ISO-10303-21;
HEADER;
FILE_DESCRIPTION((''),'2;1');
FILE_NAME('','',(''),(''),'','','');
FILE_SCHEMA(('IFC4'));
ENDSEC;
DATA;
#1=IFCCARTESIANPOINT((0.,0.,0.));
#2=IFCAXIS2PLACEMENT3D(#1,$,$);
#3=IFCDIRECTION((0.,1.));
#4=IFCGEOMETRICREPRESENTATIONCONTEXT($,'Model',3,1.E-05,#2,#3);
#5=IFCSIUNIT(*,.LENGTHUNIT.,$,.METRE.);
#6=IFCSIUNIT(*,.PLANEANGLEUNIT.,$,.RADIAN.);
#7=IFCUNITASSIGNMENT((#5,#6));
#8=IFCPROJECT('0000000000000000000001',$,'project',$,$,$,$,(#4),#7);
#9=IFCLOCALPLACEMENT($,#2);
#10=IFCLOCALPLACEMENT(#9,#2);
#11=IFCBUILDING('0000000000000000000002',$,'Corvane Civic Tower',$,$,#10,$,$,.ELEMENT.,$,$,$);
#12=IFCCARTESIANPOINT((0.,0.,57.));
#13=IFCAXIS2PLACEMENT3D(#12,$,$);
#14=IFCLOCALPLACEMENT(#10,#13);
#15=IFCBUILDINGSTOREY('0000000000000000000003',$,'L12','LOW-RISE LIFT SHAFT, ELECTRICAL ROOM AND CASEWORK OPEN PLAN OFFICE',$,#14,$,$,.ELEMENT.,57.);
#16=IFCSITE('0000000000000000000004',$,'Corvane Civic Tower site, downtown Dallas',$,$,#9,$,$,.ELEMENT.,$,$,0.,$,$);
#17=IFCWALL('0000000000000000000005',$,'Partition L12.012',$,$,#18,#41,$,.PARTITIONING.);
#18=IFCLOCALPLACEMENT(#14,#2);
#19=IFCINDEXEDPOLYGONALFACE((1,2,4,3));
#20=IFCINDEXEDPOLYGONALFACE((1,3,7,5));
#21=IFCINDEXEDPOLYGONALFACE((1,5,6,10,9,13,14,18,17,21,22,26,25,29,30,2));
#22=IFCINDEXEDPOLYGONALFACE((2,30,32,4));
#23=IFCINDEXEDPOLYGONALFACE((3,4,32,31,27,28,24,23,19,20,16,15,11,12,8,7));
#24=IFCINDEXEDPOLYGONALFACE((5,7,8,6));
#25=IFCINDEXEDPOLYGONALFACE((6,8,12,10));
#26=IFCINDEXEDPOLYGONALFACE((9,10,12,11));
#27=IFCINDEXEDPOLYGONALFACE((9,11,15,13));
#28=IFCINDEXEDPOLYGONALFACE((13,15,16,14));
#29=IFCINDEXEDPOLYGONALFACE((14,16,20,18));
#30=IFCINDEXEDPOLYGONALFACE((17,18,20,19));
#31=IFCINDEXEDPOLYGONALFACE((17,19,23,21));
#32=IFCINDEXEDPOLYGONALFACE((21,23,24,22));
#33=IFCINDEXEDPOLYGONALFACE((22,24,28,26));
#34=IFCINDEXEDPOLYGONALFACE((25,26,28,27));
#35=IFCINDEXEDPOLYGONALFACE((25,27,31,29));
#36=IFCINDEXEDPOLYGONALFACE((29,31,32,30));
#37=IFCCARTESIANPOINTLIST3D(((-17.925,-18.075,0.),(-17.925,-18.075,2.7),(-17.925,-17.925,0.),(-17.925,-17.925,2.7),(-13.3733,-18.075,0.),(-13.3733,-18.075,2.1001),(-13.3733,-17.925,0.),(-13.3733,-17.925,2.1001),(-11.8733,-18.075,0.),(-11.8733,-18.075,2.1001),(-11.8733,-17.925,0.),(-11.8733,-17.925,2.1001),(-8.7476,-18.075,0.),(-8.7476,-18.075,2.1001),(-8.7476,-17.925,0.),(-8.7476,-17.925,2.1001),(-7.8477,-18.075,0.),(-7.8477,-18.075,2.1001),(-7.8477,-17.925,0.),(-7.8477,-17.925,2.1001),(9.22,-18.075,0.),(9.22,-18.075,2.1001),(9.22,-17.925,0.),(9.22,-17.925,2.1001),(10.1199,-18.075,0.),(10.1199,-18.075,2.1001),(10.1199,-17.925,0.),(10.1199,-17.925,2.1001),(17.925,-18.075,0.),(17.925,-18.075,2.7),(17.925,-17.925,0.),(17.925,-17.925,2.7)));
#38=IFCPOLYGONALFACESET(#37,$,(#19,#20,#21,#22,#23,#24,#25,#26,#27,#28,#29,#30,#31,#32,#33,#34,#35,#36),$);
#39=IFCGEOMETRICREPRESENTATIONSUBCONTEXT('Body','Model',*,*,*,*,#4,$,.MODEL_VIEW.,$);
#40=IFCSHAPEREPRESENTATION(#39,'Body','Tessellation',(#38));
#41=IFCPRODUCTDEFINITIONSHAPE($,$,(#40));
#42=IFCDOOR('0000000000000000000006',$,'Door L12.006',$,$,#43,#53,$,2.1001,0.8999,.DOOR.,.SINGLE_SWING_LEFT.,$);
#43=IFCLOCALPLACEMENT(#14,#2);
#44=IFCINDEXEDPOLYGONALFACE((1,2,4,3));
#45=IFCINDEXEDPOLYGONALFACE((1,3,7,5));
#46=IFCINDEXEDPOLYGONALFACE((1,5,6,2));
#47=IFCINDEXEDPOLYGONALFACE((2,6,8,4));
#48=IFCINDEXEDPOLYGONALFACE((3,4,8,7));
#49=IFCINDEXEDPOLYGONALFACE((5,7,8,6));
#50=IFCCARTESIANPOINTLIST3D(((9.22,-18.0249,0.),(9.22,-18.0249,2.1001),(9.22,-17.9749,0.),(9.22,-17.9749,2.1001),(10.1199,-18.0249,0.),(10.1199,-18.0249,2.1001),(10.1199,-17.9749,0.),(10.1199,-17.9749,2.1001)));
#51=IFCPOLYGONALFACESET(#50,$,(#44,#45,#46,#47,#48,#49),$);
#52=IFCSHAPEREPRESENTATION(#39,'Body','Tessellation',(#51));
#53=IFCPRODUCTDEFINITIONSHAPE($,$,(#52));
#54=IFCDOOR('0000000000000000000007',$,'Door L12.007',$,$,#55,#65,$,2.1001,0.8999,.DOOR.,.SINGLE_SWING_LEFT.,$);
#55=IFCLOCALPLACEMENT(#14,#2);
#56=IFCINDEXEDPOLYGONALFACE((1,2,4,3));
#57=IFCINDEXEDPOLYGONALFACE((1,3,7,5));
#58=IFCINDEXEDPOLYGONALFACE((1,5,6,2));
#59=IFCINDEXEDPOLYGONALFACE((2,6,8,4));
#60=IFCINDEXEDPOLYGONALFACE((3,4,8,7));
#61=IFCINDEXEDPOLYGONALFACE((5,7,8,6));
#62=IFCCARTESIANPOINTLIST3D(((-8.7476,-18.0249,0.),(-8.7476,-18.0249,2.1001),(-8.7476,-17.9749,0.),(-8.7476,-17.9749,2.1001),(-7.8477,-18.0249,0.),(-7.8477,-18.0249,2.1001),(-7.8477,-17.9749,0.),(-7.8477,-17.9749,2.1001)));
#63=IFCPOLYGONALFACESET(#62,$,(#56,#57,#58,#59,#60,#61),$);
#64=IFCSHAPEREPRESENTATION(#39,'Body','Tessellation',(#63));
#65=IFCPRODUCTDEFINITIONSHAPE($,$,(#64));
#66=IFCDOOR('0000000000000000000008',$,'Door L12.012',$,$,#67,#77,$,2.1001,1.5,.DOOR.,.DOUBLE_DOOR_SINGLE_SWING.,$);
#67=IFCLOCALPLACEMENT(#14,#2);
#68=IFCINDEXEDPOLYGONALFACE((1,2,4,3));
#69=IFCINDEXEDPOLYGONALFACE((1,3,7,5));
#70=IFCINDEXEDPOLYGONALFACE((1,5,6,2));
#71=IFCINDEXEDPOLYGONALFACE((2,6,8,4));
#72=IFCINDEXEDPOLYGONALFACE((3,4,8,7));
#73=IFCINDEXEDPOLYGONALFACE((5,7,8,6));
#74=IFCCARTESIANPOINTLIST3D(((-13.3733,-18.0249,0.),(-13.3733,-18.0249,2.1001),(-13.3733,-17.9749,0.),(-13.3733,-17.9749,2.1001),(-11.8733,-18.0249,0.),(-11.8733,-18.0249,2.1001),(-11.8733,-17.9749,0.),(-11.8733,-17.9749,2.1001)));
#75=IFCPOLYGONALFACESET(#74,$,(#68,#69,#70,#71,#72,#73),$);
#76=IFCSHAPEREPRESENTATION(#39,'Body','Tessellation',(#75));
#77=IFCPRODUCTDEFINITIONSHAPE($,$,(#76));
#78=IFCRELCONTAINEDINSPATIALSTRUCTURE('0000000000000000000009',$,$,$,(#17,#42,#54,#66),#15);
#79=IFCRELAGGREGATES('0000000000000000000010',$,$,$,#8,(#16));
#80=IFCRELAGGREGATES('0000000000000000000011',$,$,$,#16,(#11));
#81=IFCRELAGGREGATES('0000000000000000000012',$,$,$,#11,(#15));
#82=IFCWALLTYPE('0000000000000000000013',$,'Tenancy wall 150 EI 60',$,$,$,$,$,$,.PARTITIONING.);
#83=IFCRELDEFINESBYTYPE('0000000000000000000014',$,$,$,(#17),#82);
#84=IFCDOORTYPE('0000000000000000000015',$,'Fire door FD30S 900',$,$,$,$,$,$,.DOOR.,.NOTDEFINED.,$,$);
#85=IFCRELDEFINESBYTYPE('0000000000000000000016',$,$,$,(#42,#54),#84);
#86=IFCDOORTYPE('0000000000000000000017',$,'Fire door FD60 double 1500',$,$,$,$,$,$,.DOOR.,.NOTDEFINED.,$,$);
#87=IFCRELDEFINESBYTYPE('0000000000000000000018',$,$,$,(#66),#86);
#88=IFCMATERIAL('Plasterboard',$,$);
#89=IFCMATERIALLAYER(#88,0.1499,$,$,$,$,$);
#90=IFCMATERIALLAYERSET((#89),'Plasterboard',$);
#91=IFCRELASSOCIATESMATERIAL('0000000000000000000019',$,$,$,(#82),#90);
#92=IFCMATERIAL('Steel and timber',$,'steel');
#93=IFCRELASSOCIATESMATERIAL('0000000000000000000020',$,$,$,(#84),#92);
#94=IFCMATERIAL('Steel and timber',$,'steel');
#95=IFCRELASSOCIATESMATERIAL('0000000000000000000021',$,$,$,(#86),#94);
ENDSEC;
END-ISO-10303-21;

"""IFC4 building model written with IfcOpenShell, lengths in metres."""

from ifc_helpers import new_model, si_unit, direction, frame, frame_2d, origin, place, context, subcontext, project, spatial, rectangle, extrude, material, layer, layer_set, type_object, element, fill, save


model = new_model("IFC4")

# Units and contexts
model_context = context("Model", 3, precision=1e-05, world=origin(), true_north=direction((0.0, 1.0)))
body_context = subcontext(model_context, "Body", "Model", "MODEL_VIEW")
ifc_project = project(units=[si_unit("LENGTHUNIT", "METRE"), si_unit("PLANEANGLEUNIT", "RADIAN")], contexts=[model_context])

# Site, building, storey
site_placement = place(None, origin())
site = spatial("IfcSite", under=ifc_project, at=site_placement, Name="Corvane Civic Tower site, downtown Dallas", CompositionType="ELEMENT", RefElevation=0.0)
building_placement = place(site_placement, origin())
building = spatial("IfcBuilding", under=site, at=building_placement, Name="Corvane Civic Tower", CompositionType="ELEMENT")
storey_placement = place(building_placement, frame((0.0, 0.0, 57.0)))
storey = spatial("IfcBuildingStorey", under=building, at=storey_placement, Name="L12", Description="LOW-RISE LIFT SHAFT, ELECTRICAL ROOM AND CASEWORK OPEN PLAN OFFICE", CompositionType="ELEMENT", Elevation=57.0)

# Wall, openings, doors
ifc_material_1 = material(Name="Plasterboard")
ifc_layer_1 = layer(ifc_material_1, 0.1499)
ifc_layer_set_1 = layer_set([ifc_layer_1], Name="Plasterboard")
wall_type_1 = type_object("IfcWallType", Name="Tenancy wall 150 EI 60", PredefinedType="PARTITIONING", material=ifc_layer_set_1)
wall_1_placement = place(storey_placement, frame((-17.925, -18.0, 0.0), z_axis=(0.0, 0.0, 1.0), x_axis=(1.0, 0.0, 0.0)))
wall_1 = element("IfcWall", 1, at=wall_1_placement, inside=storey, type_object=wall_type_1, Name="Partition L12.012", PredefinedType="PARTITIONING", context=body_context, shape_type="SweptSolid", body=[
    extrude(rectangle(XDim=35.8501, YDim=0.1499, at=frame_2d((17.925, 0.0))), origin(), (0.0, 0.0, 1.0), 2.7),
])
opening_1_placement = place(wall_1_placement, frame((27.145, 0.0, 0.0)))
opening_1 = element("IfcOpeningElement", 2, at=opening_1_placement, cuts=wall_1, PredefinedType="OPENING", context=body_context, shape_type="SweptSolid", body=[
    extrude(rectangle(XDim=0.8999, YDim=2.1001, at=frame_2d((0.45, 1.05))), frame((0.0, 0.085, 0.0), z_axis=(0.0, -1.0, 0.0), x_axis=(1.0, 0.0, 0.0)), (0.0, 0.0, 1.0), 0.1699),
])
opening_2_placement = place(wall_1_placement, frame((9.1775, 0.0, 0.0)))
opening_2 = element("IfcOpeningElement", 3, at=opening_2_placement, cuts=wall_1, PredefinedType="OPENING", context=body_context, shape_type="SweptSolid", body=[
    extrude(rectangle(XDim=0.8999, YDim=2.1001, at=frame_2d((0.45, 1.05))), frame((0.0, 0.085, 0.0), z_axis=(0.0, -1.0, 0.0), x_axis=(1.0, 0.0, 0.0)), (0.0, 0.0, 1.0), 0.1699),
])
opening_3_placement = place(wall_1_placement, frame((4.5518, 0.0, 0.0)))
opening_3 = element("IfcOpeningElement", 4, at=opening_3_placement, cuts=wall_1, PredefinedType="OPENING", context=body_context, shape_type="SweptSolid", body=[
    extrude(rectangle(XDim=1.5, YDim=2.1001, at=frame_2d((0.75, 1.05))), frame((0.0, 0.085, 0.0), z_axis=(0.0, -1.0, 0.0), x_axis=(1.0, 0.0, 0.0)), (0.0, 0.0, 1.0), 0.1699),
])
ifc_material_2 = material(Name="Steel and timber", Category="steel")
door_type_1 = type_object("IfcDoorType", Name="Fire door FD30S 900", OperationType="NOTDEFINED", PredefinedType="DOOR", material=ifc_material_2)
door_1_placement = place(opening_1_placement, frame((0.8999, 0.0, 0.0), z_axis=(0.0, 0.0, 1.0), x_axis=(-1.0, 0.0, 0.0)))
door_1 = element("IfcDoor", 5, at=door_1_placement, inside=storey, type_object=door_type_1, Name="Door L12.006", OperationType="SINGLE_SWING_LEFT", OverallHeight=2.1001, OverallWidth=0.8999, PredefinedType="DOOR", context=body_context, shape_type="SweptSolid", body=[
    extrude(rectangle(XDim=0.8999, YDim=2.1001, at=frame_2d((0.45, 1.05))), frame((0.0, 0.0249, 0.0), z_axis=(0.0, -1.0, 0.0), x_axis=(1.0, 0.0, 0.0)), (0.0, 0.0, 1.0), 0.05),
])
fill(opening_1, door_1)
door_2_placement = place(opening_2_placement, frame((0.8999, 0.0, 0.0), z_axis=(0.0, 0.0, 1.0), x_axis=(-1.0, 0.0, 0.0)))
door_2 = element("IfcDoor", 6, at=door_2_placement, inside=storey, type_object=door_type_1, Name="Door L12.007", OperationType="SINGLE_SWING_LEFT", OverallHeight=2.1001, OverallWidth=0.8999, PredefinedType="DOOR", context=body_context, shape_type="SweptSolid", body=[
    extrude(rectangle(XDim=0.8999, YDim=2.1001, at=frame_2d((0.45, 1.05))), frame((0.0, 0.0249, 0.0), z_axis=(0.0, -1.0, 0.0), x_axis=(1.0, 0.0, 0.0)), (0.0, 0.0, 1.0), 0.05),
])
fill(opening_2, door_2)
ifc_material_3 = material(Name="Steel and timber", Category="steel")
door_type_2 = type_object("IfcDoorType", Name="Fire door FD60 double 1500", OperationType="NOTDEFINED", PredefinedType="DOOR", material=ifc_material_3)
door_3_placement = place(opening_3_placement, frame((1.5, 0.0, 0.0), z_axis=(0.0, 0.0, 1.0), x_axis=(-1.0, 0.0, 0.0)))
door_3 = element("IfcDoor", 7, at=door_3_placement, inside=storey, type_object=door_type_2, Name="Door L12.012", OperationType="DOUBLE_DOOR_SINGLE_SWING", OverallHeight=2.1001, OverallWidth=1.5, PredefinedType="DOOR", context=body_context, shape_type="SweptSolid", body=[
    extrude(rectangle(XDim=1.5, YDim=2.1001, at=frame_2d((0.75, 1.05))), frame((0.0, 0.0249, 0.0), z_axis=(0.0, -1.0, 0.0), x_axis=(1.0, 0.0, 0.0)), (0.0, 0.0, 1.0), 0.05),
])
fill(opening_3, door_3)

save(model, "model.ifc")
